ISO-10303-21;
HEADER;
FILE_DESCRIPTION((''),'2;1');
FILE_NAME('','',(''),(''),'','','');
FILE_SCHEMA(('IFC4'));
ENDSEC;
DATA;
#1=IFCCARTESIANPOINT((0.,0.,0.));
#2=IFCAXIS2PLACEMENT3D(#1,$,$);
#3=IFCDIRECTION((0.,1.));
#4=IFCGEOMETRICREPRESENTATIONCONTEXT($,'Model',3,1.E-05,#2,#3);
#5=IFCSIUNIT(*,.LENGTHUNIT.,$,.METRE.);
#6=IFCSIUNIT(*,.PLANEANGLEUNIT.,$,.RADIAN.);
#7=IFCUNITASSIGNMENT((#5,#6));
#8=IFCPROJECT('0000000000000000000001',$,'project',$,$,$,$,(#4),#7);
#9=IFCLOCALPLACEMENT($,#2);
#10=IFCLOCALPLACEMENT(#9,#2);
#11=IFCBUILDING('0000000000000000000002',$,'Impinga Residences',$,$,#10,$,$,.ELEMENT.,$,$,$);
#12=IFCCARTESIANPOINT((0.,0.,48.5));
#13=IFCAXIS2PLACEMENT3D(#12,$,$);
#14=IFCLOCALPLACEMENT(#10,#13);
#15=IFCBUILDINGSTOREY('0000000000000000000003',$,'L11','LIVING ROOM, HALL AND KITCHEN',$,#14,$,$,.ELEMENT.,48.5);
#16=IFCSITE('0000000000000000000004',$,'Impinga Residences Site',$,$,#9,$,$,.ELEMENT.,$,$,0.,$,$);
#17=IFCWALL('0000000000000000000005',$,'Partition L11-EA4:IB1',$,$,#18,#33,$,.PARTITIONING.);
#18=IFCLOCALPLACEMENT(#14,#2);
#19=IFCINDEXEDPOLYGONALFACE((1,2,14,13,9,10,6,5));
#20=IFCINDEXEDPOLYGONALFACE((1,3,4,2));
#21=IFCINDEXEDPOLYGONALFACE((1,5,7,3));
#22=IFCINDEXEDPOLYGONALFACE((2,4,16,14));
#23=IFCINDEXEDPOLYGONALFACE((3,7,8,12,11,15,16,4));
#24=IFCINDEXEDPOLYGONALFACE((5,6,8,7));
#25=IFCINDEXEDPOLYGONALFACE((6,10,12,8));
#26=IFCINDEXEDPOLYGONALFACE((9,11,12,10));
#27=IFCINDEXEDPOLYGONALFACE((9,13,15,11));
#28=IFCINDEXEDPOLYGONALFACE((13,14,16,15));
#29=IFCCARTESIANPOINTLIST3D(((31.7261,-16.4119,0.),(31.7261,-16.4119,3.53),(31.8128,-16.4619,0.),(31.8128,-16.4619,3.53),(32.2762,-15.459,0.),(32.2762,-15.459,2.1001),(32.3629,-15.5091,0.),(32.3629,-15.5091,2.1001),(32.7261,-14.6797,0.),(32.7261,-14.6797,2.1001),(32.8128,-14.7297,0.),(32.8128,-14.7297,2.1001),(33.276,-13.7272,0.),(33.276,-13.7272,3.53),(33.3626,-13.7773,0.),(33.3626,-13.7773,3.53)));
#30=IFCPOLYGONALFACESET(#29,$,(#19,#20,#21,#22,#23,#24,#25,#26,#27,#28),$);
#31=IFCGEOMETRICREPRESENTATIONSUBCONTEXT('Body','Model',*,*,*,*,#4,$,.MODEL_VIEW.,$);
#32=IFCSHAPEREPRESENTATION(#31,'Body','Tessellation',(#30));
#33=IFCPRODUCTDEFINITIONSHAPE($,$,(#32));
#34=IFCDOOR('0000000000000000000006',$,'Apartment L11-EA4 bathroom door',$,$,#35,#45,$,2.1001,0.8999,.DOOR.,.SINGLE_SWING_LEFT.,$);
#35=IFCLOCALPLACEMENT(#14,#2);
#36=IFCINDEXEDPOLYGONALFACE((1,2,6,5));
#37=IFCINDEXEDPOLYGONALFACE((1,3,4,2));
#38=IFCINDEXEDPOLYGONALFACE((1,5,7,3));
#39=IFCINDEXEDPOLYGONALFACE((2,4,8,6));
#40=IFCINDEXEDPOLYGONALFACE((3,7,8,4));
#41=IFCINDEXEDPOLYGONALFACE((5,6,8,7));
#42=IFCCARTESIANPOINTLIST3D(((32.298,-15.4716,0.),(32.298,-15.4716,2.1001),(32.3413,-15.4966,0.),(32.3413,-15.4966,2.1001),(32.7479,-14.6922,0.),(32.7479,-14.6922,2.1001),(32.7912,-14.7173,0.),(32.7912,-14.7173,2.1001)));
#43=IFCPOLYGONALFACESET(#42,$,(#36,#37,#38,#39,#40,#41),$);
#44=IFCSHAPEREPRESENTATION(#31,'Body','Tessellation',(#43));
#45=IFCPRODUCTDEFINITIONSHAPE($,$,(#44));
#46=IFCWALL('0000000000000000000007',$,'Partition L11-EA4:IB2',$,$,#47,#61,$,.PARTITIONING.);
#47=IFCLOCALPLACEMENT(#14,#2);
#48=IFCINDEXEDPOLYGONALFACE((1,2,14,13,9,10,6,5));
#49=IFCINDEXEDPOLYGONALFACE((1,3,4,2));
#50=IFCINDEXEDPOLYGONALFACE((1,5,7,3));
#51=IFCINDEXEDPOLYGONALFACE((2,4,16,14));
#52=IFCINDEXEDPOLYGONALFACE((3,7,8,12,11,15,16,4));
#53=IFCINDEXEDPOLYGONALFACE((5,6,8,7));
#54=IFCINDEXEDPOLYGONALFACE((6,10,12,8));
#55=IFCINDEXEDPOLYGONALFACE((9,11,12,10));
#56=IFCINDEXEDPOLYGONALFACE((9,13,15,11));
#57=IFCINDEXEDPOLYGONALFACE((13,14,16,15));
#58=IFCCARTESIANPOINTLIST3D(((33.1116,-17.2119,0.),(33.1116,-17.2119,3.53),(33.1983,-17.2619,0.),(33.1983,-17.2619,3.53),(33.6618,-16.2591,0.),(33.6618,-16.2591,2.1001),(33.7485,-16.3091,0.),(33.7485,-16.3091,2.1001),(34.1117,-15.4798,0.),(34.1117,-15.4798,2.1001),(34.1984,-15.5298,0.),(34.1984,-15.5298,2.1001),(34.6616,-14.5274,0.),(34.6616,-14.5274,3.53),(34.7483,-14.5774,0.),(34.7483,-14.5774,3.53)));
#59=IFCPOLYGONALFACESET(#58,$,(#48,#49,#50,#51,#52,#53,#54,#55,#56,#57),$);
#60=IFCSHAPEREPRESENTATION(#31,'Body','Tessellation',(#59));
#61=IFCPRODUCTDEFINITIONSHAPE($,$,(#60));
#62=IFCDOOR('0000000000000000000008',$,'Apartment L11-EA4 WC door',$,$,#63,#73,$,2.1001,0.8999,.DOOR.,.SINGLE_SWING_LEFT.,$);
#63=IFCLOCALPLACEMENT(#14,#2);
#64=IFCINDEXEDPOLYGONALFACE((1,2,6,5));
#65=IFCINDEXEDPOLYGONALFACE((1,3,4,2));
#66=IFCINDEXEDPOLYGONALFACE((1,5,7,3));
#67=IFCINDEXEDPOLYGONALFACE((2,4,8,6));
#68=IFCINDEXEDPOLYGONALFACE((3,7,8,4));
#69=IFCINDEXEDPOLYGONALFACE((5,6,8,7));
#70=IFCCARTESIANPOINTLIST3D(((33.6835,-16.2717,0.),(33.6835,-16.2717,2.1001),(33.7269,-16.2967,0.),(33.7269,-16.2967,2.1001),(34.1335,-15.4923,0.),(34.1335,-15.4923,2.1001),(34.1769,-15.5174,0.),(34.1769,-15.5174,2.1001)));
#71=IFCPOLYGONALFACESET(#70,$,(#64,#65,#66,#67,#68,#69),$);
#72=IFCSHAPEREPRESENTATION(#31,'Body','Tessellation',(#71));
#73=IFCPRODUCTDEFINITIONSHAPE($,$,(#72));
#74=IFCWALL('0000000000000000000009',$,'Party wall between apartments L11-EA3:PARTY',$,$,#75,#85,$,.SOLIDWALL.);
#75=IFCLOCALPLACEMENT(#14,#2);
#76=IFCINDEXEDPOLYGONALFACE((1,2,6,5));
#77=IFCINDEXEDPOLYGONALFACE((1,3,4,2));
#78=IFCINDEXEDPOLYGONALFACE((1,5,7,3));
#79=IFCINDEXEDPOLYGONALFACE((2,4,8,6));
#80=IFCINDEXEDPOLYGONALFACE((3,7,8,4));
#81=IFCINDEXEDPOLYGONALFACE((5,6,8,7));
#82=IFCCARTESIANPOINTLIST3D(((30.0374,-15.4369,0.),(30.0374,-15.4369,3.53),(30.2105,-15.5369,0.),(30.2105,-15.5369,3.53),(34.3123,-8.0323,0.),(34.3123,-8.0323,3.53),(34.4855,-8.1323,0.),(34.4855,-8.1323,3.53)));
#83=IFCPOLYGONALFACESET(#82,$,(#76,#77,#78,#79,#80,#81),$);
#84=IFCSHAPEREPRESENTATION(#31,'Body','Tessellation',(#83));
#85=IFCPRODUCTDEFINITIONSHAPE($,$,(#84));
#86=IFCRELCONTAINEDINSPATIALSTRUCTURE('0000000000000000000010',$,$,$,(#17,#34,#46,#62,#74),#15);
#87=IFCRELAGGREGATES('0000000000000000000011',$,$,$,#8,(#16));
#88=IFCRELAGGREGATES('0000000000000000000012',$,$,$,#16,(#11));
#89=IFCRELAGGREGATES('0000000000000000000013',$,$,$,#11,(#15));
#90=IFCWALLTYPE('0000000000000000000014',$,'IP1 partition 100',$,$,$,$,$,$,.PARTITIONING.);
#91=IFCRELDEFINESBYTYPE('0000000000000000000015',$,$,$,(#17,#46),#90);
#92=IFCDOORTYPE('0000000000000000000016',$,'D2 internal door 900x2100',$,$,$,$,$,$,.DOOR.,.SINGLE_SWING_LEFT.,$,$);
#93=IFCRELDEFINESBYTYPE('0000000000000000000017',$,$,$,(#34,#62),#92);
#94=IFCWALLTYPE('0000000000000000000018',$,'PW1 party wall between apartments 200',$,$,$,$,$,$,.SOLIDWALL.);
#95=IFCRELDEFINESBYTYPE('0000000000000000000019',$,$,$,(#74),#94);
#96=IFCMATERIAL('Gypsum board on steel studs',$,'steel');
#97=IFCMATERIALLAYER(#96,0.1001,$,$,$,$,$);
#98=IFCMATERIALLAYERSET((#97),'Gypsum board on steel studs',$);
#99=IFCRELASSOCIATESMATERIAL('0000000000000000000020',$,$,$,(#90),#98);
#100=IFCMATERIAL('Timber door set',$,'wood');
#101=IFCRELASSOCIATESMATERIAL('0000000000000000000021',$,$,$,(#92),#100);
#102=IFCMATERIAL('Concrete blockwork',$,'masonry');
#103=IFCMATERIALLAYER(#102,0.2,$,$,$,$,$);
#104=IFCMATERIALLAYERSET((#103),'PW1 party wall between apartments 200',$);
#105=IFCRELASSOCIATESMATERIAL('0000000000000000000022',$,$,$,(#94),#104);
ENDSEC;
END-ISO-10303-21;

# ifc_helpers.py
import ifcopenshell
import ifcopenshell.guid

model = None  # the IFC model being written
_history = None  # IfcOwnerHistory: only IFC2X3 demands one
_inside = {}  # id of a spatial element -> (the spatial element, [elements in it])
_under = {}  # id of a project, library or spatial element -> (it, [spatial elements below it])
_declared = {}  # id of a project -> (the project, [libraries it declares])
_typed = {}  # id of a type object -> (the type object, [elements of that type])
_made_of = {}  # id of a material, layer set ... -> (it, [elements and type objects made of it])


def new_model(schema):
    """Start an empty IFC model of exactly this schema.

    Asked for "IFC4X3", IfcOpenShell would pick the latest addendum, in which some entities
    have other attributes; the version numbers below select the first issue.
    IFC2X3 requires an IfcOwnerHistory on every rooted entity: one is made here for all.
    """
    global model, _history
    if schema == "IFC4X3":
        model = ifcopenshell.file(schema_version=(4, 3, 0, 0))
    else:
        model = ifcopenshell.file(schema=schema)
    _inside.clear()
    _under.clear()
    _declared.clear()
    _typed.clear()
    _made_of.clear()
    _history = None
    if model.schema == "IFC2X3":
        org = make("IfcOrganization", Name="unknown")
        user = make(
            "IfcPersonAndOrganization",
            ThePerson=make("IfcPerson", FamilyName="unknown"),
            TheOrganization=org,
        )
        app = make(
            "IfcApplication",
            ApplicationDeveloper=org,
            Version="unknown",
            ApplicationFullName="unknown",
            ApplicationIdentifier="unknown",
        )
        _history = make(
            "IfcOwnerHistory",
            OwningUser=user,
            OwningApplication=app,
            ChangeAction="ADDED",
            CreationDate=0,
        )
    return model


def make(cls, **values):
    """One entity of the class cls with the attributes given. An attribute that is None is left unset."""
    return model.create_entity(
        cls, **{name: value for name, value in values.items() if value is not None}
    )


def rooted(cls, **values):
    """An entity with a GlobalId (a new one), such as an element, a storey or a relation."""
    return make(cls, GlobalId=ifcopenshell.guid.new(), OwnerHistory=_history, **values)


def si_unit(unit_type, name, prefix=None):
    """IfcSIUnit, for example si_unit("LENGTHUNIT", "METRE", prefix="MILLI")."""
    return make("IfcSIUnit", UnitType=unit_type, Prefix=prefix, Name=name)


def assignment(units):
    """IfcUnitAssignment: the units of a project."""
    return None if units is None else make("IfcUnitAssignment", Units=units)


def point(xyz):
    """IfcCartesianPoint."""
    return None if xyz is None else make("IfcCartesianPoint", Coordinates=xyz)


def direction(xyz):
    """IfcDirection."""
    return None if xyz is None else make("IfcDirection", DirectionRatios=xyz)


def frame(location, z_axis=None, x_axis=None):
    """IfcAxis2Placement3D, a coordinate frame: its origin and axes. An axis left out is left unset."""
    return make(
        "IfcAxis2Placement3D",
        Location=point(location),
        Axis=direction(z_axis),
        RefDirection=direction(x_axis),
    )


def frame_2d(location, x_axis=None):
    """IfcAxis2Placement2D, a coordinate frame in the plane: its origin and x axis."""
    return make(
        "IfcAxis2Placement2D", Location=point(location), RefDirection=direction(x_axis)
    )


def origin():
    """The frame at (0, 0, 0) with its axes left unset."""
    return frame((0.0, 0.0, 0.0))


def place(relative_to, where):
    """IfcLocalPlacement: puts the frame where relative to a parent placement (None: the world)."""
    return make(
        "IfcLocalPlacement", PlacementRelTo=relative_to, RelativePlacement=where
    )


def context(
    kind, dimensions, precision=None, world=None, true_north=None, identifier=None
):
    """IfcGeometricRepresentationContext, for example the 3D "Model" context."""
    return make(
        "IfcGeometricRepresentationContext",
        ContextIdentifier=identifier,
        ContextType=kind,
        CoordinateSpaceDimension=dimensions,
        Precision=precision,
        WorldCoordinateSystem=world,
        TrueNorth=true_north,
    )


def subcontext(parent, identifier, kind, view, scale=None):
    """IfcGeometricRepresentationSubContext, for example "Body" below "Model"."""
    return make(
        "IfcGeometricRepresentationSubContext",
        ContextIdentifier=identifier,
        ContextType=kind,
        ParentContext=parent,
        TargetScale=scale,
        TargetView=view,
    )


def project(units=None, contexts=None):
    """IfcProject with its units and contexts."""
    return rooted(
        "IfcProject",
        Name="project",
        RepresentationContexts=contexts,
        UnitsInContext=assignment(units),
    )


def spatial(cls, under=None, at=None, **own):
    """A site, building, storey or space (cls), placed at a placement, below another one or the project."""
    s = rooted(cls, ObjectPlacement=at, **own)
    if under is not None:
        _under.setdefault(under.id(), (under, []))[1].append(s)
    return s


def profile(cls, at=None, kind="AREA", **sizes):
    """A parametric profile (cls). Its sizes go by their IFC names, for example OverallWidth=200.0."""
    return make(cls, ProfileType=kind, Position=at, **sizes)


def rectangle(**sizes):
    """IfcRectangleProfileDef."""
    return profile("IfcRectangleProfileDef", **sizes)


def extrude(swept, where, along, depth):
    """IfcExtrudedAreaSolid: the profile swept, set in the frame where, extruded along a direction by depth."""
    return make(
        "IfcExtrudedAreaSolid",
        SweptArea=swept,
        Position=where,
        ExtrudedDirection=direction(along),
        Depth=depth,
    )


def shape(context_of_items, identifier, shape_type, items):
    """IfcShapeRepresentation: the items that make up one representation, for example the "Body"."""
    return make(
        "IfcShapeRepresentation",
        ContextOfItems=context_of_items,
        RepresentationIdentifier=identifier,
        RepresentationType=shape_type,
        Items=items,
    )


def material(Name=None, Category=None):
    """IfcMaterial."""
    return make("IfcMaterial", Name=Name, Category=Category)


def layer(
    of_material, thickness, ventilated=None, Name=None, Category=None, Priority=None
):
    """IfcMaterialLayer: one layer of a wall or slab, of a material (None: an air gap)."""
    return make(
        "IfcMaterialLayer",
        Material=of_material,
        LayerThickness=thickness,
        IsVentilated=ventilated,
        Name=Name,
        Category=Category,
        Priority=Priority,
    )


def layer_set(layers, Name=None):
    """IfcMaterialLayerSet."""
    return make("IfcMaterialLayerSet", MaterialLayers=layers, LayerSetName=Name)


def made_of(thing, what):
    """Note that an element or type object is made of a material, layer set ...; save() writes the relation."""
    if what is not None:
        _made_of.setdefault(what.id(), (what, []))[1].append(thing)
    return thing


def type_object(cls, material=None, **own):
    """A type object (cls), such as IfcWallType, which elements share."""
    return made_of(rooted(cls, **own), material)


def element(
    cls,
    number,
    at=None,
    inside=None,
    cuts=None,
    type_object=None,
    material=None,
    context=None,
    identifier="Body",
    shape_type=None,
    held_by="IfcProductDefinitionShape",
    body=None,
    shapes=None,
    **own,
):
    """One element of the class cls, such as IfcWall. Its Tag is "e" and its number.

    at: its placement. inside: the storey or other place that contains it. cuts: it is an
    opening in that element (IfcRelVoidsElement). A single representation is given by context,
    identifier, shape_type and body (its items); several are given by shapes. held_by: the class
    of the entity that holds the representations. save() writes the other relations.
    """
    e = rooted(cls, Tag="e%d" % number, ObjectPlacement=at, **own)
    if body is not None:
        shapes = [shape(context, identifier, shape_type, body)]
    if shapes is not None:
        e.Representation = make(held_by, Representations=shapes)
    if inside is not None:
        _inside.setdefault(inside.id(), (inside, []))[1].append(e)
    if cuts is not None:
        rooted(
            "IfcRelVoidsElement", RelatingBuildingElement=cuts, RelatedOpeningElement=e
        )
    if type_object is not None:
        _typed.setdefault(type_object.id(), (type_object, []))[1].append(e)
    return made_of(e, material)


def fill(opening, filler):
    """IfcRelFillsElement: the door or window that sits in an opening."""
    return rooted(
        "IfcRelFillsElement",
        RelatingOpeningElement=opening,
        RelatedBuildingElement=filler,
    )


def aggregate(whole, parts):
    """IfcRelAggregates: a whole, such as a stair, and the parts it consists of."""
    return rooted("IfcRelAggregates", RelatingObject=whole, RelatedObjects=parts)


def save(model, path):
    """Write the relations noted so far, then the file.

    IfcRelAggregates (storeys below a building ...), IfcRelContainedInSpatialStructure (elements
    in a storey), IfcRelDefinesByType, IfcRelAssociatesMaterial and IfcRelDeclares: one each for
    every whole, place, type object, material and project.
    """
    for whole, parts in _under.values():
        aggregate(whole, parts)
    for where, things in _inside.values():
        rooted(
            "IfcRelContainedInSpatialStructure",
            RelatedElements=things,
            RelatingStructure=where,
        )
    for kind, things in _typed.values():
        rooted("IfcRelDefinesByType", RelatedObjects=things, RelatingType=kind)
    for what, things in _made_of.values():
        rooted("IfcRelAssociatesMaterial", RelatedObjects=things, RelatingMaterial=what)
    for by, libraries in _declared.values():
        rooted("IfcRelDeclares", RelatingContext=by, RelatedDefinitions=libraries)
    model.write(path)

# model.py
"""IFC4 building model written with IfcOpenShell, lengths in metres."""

from ifc_helpers import new_model, si_unit, direction, frame, frame_2d, origin, place, context, subcontext, project, spatial, rectangle, extrude, material, layer, layer_set, type_object, element, fill, save


model = new_model("IFC4")

# Units and contexts
model_context = context("Model", 3, precision=1e-05, world=origin(), true_north=direction((0.0, 1.0)))
body_context = subcontext(model_context, "Body", "Model", "MODEL_VIEW")
ifc_project = project(units=[si_unit("LENGTHUNIT", "METRE"), si_unit("PLANEANGLEUNIT", "RADIAN")], contexts=[model_context])

# Site, building, storey
site_placement = place(None, origin())
site = spatial("IfcSite", under=ifc_project, at=site_placement, Name="Impinga Residences Site", CompositionType="ELEMENT", RefElevation=0.0)
building_placement = place(site_placement, origin())
building = spatial("IfcBuilding", under=site, at=building_placement, Name="Impinga Residences", CompositionType="ELEMENT")
storey_placement = place(building_placement, frame((0.0, 0.0, 48.5)))
storey = spatial("IfcBuildingStorey", under=building, at=storey_placement, Name="L11", Description="LIVING ROOM, HALL AND KITCHEN", CompositionType="ELEMENT", Elevation=48.5)

# Shared definitions
ifc_material_1 = material(Name="Gypsum board on steel studs", Category="steel")
ifc_layer_1 = layer(ifc_material_1, 0.1001)
ifc_layer_set_1 = layer_set([ifc_layer_1], Name="Gypsum board on steel studs")
wall_type_1 = type_object("IfcWallType", Name="IP1 partition 100", PredefinedType="PARTITIONING", material=ifc_layer_set_1)

# Shared definitions
ifc_material_2 = material(Name="Timber door set", Category="wood")
door_type = type_object("IfcDoorType", Name="D2 internal door 900x2100", OperationType="SINGLE_SWING_LEFT", PredefinedType="DOOR", material=ifc_material_2)

# Walls, openings, doors
wall_1_placement = place(storey_placement, frame((31.7695, -16.4368, 0.0), z_axis=(0.0, 0.0, 1.0), x_axis=(0.499968, 0.866044, 0.0)))
wall_1 = element("IfcWall", 1, at=wall_1_placement, inside=storey, type_object=wall_type_1, Name="Partition L11-EA4:IB1", PredefinedType="PARTITIONING", context=body_context, shape_type="SweptSolid", body=[
    extrude(rectangle(XDim=3.0999, YDim=0.1001, at=frame_2d((1.5498, 0.0))), origin(), (0.0, 0.0, 1.0), 3.53),
])
opening_1_placement = place(wall_1_placement, frame((1.1001, 0.0, 0.0)))
opening_1 = element("IfcOpeningElement", 2, at=opening_1_placement, cuts=wall_1, PredefinedType="OPENING", context=body_context, shape_type="SweptSolid", body=[
    extrude(rectangle(XDim=0.8999, YDim=2.1001, at=frame_2d((0.45, 1.05))), frame((0.0, 0.0601, 0.0), z_axis=(0.0, -1.0, 0.0), x_axis=(1.0, 0.0, 0.0)), (0.0, 0.0, 1.0), 0.1201),
])
door_1_placement = place(opening_1_placement, origin())
door_1 = element("IfcDoor", 3, at=door_1_placement, inside=storey, type_object=door_type, Name="Apartment L11-EA4 bathroom door", OperationType="SINGLE_SWING_LEFT", OverallHeight=2.1001, OverallWidth=0.8999, PredefinedType="DOOR", context=body_context, shape_type="SweptSolid", body=[
    extrude(rectangle(XDim=0.8999, YDim=2.1001, at=frame_2d((0.45, 1.05))), frame((0.0, 0.0249, 0.0), z_axis=(0.0, -1.0, 0.0), x_axis=(1.0, 0.0, 0.0)), (0.0, 0.0, 1.0), 0.05),
])
fill(opening_1, door_1)
wall_2_placement = place(storey_placement, frame((33.155, -17.2368, 0.0), z_axis=(0.0, 0.0, 1.0), x_axis=(0.500027, 0.86601, 0.0)))
wall_2 = element("IfcWall", 4, at=wall_2_placement, inside=storey, type_object=wall_type_1, Name="Partition L11-EA4:IB2", PredefinedType="PARTITIONING", context=body_context, shape_type="SweptSolid", body=[
    extrude(rectangle(XDim=3.0999, YDim=0.1001, at=frame_2d((1.5498, 0.0))), origin(), (0.0, 0.0, 1.0), 3.53),
])
opening_2_placement = place(wall_2_placement, frame((1.1001, 0.0, 0.0)))
opening_2 = element("IfcOpeningElement", 5, at=opening_2_placement, cuts=wall_2, PredefinedType="OPENING", context=body_context, shape_type="SweptSolid", body=[
    extrude(rectangle(XDim=0.8999, YDim=2.1001, at=frame_2d((0.45, 1.05))), frame((0.0, 0.0601, 0.0), z_axis=(0.0, -1.0, 0.0), x_axis=(1.0, 0.0, 0.0)), (0.0, 0.0, 1.0), 0.1201),
])
door_2_placement = place(opening_2_placement, origin())
door_2 = element("IfcDoor", 6, at=door_2_placement, inside=storey, type_object=door_type, Name="Apartment L11-EA4 WC door", OperationType="SINGLE_SWING_LEFT", OverallHeight=2.1001, OverallWidth=0.8999, PredefinedType="DOOR", context=body_context, shape_type="SweptSolid", body=[
    extrude(rectangle(XDim=0.8999, YDim=2.1001, at=frame_2d((0.45, 1.05))), frame((0.0, 0.0249, 0.0), z_axis=(0.0, -1.0, 0.0), x_axis=(1.0, 0.0, 0.0)), (0.0, 0.0, 1.0), 0.05),
])
fill(opening_2, door_2)

# Wall
ifc_material_3 = material(Name="Concrete blockwork", Category="masonry")
ifc_layer_2 = layer(ifc_material_3, 0.2)
ifc_layer_set_2 = layer_set([ifc_layer_2], Name="PW1 party wall between apartments 200")
wall_type_2 = type_object("IfcWallType", Name="PW1 party wall between apartments 200", PredefinedType="SOLIDWALL", material=ifc_layer_set_2)
wall_3_placement = place(storey_placement, frame((30.124, -15.4868, 0.0), z_axis=(0.0, 0.0, 1.0), x_axis=(0.49999, 0.866031, 0.0)))
element("IfcWall", 7, at=wall_3_placement, inside=storey, type_object=wall_type_2, Name="Party wall between apartments L11-EA3:PARTY", PredefinedType="SOLIDWALL", context=body_context, shape_type="SweptSolid", body=[
    extrude(rectangle(XDim=8.55, YDim=0.2, at=frame_2d((4.2749, 0.0))), origin(), (0.0, 0.0, 1.0), 3.53),
])

save(model, "model.ifc")
